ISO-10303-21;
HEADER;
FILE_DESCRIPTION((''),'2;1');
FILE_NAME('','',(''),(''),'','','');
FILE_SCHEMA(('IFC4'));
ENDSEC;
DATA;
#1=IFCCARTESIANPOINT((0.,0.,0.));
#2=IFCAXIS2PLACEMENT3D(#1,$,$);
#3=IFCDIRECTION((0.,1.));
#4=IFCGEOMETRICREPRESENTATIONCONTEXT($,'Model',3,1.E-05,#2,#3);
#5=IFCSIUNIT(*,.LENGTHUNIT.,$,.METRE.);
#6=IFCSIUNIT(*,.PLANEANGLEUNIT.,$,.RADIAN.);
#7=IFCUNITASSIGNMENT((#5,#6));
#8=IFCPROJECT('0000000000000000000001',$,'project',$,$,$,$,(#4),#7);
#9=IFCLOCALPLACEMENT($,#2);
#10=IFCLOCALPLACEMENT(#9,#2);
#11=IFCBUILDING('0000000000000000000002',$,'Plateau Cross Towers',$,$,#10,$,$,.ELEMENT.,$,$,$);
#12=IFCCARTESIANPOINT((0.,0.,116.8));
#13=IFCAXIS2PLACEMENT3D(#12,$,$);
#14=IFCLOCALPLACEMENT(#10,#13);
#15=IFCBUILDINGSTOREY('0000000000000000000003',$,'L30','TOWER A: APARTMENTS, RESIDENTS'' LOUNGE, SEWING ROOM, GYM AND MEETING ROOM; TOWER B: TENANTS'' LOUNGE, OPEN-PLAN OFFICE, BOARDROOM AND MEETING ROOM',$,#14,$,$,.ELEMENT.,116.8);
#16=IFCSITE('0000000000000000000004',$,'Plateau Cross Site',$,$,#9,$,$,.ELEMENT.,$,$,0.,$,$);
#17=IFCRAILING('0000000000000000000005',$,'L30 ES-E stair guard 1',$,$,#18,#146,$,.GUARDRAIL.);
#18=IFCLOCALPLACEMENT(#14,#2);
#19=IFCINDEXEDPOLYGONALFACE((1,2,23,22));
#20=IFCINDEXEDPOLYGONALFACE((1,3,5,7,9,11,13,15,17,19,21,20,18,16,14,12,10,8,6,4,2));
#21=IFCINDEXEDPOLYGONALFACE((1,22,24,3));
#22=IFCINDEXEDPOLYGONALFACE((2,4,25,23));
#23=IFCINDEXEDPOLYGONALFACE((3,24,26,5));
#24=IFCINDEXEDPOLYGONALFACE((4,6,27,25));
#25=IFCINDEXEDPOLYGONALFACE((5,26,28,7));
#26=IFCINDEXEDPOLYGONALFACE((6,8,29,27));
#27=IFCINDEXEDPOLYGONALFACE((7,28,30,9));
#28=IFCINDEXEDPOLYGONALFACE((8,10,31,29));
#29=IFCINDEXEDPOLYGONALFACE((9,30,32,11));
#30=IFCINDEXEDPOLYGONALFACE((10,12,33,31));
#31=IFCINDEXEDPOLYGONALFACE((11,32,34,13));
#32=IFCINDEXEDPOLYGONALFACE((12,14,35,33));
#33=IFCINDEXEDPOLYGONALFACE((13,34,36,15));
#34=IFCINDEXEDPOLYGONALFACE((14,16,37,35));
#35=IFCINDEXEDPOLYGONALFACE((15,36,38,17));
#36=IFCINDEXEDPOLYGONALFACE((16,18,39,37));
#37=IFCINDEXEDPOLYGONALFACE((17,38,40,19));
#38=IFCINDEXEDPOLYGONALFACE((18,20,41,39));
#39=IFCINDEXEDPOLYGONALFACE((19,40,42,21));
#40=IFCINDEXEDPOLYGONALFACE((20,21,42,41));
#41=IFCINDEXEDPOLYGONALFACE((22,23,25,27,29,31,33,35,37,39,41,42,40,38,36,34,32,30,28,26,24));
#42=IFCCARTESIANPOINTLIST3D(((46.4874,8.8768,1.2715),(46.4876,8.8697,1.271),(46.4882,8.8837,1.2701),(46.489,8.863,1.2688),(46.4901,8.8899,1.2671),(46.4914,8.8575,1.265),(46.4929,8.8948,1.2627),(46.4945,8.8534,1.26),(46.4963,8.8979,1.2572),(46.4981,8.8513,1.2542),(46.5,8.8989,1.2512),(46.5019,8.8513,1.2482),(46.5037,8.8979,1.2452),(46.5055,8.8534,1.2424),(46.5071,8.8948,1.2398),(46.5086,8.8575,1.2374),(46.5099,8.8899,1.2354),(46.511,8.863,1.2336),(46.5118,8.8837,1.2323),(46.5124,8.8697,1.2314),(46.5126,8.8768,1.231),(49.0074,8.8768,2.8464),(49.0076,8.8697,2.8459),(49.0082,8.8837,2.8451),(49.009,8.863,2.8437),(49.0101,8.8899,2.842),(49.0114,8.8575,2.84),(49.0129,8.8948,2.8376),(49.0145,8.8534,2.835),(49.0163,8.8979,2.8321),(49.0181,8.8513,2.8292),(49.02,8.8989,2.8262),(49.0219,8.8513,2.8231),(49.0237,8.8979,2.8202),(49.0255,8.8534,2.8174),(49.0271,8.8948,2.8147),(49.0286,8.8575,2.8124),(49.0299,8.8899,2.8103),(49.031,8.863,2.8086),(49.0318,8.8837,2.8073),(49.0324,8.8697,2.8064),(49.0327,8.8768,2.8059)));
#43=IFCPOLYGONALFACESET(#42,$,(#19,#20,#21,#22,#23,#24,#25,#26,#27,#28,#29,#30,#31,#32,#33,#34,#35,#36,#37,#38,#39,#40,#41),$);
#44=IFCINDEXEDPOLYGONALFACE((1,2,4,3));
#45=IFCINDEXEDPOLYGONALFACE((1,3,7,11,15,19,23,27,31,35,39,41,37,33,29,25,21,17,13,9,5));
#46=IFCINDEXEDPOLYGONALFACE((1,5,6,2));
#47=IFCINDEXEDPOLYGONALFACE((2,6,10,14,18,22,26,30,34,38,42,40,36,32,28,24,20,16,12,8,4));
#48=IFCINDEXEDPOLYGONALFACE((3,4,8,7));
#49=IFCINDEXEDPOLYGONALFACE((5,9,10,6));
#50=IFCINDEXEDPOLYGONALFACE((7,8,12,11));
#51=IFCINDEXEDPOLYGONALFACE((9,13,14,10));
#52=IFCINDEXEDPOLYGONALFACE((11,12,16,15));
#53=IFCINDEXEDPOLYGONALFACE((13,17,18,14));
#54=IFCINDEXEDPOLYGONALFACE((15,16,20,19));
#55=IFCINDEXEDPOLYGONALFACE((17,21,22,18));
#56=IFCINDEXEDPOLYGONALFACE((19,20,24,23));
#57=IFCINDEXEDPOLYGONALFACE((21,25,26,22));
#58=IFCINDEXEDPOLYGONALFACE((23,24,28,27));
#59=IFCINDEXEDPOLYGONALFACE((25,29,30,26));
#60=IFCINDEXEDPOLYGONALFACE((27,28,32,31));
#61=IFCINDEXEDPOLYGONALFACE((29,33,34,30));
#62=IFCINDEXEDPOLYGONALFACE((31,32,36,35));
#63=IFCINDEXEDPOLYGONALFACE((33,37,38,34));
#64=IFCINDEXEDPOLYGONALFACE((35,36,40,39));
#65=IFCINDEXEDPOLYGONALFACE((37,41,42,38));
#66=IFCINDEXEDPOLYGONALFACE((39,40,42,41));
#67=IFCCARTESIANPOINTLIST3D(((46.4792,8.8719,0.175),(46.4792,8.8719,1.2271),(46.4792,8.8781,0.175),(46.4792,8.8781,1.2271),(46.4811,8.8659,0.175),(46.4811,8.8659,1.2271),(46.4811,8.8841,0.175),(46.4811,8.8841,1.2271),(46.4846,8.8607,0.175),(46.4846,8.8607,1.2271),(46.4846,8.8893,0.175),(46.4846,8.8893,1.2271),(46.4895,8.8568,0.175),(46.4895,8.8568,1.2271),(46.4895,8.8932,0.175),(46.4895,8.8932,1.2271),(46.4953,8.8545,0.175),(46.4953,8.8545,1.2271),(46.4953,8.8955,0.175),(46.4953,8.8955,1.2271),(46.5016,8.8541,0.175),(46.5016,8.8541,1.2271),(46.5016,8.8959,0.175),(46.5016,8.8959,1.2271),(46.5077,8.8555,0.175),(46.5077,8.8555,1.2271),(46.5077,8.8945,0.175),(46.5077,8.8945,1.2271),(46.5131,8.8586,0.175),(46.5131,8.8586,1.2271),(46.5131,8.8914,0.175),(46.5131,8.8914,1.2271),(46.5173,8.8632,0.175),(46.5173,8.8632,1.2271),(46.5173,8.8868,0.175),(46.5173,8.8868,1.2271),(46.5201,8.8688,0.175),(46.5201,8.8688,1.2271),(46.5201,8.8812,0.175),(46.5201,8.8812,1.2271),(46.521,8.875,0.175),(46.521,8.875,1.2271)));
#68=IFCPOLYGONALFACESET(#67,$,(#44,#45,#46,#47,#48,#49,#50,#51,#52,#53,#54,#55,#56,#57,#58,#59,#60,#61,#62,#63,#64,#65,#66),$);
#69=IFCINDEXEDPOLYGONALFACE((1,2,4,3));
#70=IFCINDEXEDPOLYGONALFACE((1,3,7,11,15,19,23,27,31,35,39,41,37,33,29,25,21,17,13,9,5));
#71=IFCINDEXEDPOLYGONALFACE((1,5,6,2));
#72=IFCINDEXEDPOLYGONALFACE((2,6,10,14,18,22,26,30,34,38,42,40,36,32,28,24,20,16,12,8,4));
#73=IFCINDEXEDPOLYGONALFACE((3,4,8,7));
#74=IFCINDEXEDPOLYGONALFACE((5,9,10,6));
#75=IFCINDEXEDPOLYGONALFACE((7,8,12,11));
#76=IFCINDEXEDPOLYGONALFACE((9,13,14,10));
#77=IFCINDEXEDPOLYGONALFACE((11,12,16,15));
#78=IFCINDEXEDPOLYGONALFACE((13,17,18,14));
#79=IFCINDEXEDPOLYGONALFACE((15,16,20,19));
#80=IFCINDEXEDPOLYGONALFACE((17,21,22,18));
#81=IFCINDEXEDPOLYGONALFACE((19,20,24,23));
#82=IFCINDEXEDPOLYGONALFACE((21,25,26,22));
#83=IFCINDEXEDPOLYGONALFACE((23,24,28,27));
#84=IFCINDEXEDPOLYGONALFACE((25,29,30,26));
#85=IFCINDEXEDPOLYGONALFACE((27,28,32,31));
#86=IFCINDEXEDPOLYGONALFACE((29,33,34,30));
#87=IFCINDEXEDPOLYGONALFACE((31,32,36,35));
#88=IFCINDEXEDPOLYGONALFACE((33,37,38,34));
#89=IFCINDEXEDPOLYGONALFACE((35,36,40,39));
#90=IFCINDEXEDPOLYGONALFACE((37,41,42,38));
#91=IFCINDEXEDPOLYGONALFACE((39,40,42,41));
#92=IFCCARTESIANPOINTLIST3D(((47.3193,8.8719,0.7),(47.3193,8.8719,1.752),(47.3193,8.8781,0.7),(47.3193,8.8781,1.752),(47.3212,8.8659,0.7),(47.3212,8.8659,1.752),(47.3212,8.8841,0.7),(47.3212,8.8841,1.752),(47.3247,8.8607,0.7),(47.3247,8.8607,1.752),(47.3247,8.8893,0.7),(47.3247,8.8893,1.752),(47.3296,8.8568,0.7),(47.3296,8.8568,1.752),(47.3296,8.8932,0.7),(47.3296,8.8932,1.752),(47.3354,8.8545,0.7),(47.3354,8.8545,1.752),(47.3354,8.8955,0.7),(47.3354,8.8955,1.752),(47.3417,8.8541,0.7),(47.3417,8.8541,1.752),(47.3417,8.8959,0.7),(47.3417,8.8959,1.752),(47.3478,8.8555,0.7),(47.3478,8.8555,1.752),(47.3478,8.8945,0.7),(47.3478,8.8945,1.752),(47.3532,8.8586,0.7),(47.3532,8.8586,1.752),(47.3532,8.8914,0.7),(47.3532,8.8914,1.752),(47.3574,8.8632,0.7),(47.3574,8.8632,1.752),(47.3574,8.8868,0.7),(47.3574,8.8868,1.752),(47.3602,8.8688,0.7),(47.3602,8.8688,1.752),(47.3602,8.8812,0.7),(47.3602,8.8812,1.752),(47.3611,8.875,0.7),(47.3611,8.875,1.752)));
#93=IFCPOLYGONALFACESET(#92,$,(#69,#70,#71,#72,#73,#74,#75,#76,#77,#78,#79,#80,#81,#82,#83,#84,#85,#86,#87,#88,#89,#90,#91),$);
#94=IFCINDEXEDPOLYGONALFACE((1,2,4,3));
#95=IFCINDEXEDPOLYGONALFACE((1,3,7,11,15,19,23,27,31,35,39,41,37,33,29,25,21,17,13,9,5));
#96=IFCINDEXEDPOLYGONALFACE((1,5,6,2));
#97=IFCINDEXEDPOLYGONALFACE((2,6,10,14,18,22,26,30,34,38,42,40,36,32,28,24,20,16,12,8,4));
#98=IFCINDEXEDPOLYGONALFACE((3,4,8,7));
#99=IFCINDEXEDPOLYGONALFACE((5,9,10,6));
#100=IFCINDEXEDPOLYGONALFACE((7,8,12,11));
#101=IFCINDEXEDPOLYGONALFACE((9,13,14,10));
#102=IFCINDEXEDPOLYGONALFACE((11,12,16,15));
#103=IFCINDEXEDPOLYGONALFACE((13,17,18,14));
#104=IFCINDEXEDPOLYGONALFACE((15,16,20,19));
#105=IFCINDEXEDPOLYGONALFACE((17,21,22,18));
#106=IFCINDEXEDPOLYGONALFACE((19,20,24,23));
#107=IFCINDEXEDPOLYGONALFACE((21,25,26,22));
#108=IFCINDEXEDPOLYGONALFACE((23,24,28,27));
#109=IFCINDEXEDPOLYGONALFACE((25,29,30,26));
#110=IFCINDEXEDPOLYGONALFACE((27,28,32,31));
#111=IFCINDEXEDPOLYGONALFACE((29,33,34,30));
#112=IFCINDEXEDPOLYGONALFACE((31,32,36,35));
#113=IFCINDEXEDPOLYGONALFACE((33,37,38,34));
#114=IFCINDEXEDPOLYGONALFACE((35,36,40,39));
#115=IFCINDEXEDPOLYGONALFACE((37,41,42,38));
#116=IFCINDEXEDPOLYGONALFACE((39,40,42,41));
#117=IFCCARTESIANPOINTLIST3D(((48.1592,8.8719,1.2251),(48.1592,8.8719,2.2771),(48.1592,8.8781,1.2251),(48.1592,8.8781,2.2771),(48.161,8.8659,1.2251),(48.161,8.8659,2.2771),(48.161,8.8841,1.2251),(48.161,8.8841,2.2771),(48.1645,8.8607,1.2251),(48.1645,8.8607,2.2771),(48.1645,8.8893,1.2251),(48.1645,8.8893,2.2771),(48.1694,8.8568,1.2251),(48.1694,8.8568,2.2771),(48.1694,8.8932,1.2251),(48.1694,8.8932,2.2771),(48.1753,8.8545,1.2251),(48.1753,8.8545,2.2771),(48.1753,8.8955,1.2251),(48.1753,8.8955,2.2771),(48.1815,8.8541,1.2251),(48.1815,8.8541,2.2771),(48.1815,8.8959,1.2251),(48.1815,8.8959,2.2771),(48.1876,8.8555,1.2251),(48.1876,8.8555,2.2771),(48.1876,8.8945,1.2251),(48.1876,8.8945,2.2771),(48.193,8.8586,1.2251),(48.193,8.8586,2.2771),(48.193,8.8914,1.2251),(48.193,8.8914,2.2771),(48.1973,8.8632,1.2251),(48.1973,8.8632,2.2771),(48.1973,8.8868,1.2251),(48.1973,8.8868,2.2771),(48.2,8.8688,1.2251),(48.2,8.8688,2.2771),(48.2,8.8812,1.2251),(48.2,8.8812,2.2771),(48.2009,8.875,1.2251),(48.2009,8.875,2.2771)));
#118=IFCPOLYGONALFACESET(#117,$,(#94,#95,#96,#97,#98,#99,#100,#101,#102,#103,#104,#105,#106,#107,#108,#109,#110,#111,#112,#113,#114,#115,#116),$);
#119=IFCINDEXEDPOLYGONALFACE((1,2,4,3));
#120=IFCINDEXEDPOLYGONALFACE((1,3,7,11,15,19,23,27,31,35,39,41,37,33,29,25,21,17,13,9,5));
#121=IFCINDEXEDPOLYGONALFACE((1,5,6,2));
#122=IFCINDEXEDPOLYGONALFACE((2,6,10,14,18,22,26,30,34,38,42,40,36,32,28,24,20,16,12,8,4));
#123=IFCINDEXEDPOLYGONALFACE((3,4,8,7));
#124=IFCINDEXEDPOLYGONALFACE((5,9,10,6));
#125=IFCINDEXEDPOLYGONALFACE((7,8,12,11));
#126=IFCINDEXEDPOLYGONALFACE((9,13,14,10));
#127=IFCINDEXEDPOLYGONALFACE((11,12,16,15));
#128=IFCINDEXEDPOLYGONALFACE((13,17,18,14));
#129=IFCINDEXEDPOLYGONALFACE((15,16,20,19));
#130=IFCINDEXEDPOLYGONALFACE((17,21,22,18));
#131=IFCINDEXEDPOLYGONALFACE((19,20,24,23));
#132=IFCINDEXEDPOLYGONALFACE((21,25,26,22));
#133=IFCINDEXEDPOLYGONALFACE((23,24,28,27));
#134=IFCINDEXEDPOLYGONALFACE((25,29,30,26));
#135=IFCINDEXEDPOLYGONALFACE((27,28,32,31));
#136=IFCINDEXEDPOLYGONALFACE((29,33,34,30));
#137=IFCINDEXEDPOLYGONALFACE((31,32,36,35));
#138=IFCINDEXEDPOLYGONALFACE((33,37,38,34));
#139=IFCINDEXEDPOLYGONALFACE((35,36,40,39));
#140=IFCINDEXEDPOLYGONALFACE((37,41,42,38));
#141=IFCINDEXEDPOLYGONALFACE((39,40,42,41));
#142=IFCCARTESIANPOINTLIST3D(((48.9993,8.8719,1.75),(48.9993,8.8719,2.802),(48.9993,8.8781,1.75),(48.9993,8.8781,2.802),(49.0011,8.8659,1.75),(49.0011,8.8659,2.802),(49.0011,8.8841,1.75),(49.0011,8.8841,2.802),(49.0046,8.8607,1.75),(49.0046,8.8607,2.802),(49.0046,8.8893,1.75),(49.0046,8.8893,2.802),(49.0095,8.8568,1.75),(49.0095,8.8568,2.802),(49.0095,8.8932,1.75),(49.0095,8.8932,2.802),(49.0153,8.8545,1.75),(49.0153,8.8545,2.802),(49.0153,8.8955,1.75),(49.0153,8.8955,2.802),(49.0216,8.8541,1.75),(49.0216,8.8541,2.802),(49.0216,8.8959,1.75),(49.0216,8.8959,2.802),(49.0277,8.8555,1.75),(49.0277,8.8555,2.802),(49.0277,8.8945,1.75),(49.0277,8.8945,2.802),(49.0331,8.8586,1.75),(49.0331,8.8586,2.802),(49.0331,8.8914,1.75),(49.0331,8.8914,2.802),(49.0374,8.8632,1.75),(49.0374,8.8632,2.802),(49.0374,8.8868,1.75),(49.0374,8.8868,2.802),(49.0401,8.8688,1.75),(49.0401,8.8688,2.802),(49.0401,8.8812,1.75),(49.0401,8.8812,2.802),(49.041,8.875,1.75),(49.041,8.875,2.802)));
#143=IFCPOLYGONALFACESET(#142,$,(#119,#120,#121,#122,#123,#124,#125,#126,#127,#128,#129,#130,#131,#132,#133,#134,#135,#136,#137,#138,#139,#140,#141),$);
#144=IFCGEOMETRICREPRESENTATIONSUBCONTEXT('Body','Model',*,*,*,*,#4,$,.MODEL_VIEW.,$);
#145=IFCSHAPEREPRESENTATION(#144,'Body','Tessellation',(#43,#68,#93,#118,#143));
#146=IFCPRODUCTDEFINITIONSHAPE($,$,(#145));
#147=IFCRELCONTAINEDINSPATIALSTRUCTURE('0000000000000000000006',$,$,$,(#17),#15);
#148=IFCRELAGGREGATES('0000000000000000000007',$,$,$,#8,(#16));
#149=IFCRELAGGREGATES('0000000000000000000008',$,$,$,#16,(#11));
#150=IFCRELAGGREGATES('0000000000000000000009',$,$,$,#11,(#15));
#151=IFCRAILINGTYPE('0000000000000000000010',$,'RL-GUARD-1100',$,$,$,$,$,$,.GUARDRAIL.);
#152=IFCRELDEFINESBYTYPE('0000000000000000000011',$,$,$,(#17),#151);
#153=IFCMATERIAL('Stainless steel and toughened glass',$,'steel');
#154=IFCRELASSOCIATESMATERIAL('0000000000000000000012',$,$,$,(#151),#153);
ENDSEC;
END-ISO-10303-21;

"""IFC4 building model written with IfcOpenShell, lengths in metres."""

from ifc_helpers import new_model, si_unit, direction, frame, origin, origin_2d, place, context, subcontext, project, spatial, circle, extrude, material, type_object, element, save


model = new_model("IFC4")

# Units and contexts
model_context = context("Model", 3, precision=1e-05, world=origin(), true_north=direction((0.0, 1.0)))
body_context = subcontext(model_context, "Body", "Model", "MODEL_VIEW")
ifc_project = project(units=[si_unit("LENGTHUNIT", "METRE"), si_unit("PLANEANGLEUNIT", "RADIAN")], contexts=[model_context])

# Site, building, storey
site_placement = place(None, origin())
site = spatial("IfcSite", under=ifc_project, at=site_placement, Name="Plateau Cross Site", CompositionType="ELEMENT", RefElevation=0.0)
building_placement = place(site_placement, origin())
building = spatial("IfcBuilding", under=site, at=building_placement, Name="Plateau Cross Towers", CompositionType="ELEMENT")
storey_placement = place(building_placement, frame((0.0, 0.0, 116.8)))
storey = spatial("IfcBuildingStorey", under=building, at=storey_placement, Name="L30", Description="TOWER A: APARTMENTS, RESIDENTS' LOUNGE, SEWING ROOM, GYM AND MEETING ROOM; TOWER B: TENANTS' LOUNGE, OPEN-PLAN OFFICE, BOARDROOM AND MEETING ROOM", CompositionType="ELEMENT", Elevation=116.8)

# Railing
ifc_material_1 = material(Name="Stainless steel and toughened glass", Category="steel")
railing_type_1 = type_object("IfcRailingType", Name="RL-GUARD-1100", PredefinedType="GUARDRAIL", material=ifc_material_1)
railing_1_placement = place(storey_placement, frame((46.5, 8.875, 0.175)))
element("IfcRailing", 1, at=railing_1_placement, inside=storey, type_object=railing_type_1, Name="L30 ES-E stair guard 1", PredefinedType="GUARDRAIL", context=body_context, shape_type="SweptSolid", body=[
    extrude(circle(Radius=0.0239, at=origin_2d()), frame((0.0, 0.0, 1.0762), z_axis=(0.848008, 0.0, 0.529984), x_axis=(0.0, 1.0, 0.0)), (0.0, 0.0, 1.0), 2.9717),
    extrude(circle(Radius=0.021, at=origin_2d()), origin(), (0.0, 0.0, 1.0), 1.052),
    extrude(circle(Radius=0.021, at=origin_2d()), frame((0.8401, 0.0, 0.5249)), (0.0, 0.0, 1.0), 1.052),
    extrude(circle(Radius=0.021, at=origin_2d()), frame((1.6799, 0.0, 1.05)), (0.0, 0.0, 1.0), 1.052),
    extrude(circle(Radius=0.021, at=origin_2d()), frame((2.52, 0.0, 1.575)), (0.0, 0.0, 1.0), 1.052),
])

save(model, "model.ifc")
